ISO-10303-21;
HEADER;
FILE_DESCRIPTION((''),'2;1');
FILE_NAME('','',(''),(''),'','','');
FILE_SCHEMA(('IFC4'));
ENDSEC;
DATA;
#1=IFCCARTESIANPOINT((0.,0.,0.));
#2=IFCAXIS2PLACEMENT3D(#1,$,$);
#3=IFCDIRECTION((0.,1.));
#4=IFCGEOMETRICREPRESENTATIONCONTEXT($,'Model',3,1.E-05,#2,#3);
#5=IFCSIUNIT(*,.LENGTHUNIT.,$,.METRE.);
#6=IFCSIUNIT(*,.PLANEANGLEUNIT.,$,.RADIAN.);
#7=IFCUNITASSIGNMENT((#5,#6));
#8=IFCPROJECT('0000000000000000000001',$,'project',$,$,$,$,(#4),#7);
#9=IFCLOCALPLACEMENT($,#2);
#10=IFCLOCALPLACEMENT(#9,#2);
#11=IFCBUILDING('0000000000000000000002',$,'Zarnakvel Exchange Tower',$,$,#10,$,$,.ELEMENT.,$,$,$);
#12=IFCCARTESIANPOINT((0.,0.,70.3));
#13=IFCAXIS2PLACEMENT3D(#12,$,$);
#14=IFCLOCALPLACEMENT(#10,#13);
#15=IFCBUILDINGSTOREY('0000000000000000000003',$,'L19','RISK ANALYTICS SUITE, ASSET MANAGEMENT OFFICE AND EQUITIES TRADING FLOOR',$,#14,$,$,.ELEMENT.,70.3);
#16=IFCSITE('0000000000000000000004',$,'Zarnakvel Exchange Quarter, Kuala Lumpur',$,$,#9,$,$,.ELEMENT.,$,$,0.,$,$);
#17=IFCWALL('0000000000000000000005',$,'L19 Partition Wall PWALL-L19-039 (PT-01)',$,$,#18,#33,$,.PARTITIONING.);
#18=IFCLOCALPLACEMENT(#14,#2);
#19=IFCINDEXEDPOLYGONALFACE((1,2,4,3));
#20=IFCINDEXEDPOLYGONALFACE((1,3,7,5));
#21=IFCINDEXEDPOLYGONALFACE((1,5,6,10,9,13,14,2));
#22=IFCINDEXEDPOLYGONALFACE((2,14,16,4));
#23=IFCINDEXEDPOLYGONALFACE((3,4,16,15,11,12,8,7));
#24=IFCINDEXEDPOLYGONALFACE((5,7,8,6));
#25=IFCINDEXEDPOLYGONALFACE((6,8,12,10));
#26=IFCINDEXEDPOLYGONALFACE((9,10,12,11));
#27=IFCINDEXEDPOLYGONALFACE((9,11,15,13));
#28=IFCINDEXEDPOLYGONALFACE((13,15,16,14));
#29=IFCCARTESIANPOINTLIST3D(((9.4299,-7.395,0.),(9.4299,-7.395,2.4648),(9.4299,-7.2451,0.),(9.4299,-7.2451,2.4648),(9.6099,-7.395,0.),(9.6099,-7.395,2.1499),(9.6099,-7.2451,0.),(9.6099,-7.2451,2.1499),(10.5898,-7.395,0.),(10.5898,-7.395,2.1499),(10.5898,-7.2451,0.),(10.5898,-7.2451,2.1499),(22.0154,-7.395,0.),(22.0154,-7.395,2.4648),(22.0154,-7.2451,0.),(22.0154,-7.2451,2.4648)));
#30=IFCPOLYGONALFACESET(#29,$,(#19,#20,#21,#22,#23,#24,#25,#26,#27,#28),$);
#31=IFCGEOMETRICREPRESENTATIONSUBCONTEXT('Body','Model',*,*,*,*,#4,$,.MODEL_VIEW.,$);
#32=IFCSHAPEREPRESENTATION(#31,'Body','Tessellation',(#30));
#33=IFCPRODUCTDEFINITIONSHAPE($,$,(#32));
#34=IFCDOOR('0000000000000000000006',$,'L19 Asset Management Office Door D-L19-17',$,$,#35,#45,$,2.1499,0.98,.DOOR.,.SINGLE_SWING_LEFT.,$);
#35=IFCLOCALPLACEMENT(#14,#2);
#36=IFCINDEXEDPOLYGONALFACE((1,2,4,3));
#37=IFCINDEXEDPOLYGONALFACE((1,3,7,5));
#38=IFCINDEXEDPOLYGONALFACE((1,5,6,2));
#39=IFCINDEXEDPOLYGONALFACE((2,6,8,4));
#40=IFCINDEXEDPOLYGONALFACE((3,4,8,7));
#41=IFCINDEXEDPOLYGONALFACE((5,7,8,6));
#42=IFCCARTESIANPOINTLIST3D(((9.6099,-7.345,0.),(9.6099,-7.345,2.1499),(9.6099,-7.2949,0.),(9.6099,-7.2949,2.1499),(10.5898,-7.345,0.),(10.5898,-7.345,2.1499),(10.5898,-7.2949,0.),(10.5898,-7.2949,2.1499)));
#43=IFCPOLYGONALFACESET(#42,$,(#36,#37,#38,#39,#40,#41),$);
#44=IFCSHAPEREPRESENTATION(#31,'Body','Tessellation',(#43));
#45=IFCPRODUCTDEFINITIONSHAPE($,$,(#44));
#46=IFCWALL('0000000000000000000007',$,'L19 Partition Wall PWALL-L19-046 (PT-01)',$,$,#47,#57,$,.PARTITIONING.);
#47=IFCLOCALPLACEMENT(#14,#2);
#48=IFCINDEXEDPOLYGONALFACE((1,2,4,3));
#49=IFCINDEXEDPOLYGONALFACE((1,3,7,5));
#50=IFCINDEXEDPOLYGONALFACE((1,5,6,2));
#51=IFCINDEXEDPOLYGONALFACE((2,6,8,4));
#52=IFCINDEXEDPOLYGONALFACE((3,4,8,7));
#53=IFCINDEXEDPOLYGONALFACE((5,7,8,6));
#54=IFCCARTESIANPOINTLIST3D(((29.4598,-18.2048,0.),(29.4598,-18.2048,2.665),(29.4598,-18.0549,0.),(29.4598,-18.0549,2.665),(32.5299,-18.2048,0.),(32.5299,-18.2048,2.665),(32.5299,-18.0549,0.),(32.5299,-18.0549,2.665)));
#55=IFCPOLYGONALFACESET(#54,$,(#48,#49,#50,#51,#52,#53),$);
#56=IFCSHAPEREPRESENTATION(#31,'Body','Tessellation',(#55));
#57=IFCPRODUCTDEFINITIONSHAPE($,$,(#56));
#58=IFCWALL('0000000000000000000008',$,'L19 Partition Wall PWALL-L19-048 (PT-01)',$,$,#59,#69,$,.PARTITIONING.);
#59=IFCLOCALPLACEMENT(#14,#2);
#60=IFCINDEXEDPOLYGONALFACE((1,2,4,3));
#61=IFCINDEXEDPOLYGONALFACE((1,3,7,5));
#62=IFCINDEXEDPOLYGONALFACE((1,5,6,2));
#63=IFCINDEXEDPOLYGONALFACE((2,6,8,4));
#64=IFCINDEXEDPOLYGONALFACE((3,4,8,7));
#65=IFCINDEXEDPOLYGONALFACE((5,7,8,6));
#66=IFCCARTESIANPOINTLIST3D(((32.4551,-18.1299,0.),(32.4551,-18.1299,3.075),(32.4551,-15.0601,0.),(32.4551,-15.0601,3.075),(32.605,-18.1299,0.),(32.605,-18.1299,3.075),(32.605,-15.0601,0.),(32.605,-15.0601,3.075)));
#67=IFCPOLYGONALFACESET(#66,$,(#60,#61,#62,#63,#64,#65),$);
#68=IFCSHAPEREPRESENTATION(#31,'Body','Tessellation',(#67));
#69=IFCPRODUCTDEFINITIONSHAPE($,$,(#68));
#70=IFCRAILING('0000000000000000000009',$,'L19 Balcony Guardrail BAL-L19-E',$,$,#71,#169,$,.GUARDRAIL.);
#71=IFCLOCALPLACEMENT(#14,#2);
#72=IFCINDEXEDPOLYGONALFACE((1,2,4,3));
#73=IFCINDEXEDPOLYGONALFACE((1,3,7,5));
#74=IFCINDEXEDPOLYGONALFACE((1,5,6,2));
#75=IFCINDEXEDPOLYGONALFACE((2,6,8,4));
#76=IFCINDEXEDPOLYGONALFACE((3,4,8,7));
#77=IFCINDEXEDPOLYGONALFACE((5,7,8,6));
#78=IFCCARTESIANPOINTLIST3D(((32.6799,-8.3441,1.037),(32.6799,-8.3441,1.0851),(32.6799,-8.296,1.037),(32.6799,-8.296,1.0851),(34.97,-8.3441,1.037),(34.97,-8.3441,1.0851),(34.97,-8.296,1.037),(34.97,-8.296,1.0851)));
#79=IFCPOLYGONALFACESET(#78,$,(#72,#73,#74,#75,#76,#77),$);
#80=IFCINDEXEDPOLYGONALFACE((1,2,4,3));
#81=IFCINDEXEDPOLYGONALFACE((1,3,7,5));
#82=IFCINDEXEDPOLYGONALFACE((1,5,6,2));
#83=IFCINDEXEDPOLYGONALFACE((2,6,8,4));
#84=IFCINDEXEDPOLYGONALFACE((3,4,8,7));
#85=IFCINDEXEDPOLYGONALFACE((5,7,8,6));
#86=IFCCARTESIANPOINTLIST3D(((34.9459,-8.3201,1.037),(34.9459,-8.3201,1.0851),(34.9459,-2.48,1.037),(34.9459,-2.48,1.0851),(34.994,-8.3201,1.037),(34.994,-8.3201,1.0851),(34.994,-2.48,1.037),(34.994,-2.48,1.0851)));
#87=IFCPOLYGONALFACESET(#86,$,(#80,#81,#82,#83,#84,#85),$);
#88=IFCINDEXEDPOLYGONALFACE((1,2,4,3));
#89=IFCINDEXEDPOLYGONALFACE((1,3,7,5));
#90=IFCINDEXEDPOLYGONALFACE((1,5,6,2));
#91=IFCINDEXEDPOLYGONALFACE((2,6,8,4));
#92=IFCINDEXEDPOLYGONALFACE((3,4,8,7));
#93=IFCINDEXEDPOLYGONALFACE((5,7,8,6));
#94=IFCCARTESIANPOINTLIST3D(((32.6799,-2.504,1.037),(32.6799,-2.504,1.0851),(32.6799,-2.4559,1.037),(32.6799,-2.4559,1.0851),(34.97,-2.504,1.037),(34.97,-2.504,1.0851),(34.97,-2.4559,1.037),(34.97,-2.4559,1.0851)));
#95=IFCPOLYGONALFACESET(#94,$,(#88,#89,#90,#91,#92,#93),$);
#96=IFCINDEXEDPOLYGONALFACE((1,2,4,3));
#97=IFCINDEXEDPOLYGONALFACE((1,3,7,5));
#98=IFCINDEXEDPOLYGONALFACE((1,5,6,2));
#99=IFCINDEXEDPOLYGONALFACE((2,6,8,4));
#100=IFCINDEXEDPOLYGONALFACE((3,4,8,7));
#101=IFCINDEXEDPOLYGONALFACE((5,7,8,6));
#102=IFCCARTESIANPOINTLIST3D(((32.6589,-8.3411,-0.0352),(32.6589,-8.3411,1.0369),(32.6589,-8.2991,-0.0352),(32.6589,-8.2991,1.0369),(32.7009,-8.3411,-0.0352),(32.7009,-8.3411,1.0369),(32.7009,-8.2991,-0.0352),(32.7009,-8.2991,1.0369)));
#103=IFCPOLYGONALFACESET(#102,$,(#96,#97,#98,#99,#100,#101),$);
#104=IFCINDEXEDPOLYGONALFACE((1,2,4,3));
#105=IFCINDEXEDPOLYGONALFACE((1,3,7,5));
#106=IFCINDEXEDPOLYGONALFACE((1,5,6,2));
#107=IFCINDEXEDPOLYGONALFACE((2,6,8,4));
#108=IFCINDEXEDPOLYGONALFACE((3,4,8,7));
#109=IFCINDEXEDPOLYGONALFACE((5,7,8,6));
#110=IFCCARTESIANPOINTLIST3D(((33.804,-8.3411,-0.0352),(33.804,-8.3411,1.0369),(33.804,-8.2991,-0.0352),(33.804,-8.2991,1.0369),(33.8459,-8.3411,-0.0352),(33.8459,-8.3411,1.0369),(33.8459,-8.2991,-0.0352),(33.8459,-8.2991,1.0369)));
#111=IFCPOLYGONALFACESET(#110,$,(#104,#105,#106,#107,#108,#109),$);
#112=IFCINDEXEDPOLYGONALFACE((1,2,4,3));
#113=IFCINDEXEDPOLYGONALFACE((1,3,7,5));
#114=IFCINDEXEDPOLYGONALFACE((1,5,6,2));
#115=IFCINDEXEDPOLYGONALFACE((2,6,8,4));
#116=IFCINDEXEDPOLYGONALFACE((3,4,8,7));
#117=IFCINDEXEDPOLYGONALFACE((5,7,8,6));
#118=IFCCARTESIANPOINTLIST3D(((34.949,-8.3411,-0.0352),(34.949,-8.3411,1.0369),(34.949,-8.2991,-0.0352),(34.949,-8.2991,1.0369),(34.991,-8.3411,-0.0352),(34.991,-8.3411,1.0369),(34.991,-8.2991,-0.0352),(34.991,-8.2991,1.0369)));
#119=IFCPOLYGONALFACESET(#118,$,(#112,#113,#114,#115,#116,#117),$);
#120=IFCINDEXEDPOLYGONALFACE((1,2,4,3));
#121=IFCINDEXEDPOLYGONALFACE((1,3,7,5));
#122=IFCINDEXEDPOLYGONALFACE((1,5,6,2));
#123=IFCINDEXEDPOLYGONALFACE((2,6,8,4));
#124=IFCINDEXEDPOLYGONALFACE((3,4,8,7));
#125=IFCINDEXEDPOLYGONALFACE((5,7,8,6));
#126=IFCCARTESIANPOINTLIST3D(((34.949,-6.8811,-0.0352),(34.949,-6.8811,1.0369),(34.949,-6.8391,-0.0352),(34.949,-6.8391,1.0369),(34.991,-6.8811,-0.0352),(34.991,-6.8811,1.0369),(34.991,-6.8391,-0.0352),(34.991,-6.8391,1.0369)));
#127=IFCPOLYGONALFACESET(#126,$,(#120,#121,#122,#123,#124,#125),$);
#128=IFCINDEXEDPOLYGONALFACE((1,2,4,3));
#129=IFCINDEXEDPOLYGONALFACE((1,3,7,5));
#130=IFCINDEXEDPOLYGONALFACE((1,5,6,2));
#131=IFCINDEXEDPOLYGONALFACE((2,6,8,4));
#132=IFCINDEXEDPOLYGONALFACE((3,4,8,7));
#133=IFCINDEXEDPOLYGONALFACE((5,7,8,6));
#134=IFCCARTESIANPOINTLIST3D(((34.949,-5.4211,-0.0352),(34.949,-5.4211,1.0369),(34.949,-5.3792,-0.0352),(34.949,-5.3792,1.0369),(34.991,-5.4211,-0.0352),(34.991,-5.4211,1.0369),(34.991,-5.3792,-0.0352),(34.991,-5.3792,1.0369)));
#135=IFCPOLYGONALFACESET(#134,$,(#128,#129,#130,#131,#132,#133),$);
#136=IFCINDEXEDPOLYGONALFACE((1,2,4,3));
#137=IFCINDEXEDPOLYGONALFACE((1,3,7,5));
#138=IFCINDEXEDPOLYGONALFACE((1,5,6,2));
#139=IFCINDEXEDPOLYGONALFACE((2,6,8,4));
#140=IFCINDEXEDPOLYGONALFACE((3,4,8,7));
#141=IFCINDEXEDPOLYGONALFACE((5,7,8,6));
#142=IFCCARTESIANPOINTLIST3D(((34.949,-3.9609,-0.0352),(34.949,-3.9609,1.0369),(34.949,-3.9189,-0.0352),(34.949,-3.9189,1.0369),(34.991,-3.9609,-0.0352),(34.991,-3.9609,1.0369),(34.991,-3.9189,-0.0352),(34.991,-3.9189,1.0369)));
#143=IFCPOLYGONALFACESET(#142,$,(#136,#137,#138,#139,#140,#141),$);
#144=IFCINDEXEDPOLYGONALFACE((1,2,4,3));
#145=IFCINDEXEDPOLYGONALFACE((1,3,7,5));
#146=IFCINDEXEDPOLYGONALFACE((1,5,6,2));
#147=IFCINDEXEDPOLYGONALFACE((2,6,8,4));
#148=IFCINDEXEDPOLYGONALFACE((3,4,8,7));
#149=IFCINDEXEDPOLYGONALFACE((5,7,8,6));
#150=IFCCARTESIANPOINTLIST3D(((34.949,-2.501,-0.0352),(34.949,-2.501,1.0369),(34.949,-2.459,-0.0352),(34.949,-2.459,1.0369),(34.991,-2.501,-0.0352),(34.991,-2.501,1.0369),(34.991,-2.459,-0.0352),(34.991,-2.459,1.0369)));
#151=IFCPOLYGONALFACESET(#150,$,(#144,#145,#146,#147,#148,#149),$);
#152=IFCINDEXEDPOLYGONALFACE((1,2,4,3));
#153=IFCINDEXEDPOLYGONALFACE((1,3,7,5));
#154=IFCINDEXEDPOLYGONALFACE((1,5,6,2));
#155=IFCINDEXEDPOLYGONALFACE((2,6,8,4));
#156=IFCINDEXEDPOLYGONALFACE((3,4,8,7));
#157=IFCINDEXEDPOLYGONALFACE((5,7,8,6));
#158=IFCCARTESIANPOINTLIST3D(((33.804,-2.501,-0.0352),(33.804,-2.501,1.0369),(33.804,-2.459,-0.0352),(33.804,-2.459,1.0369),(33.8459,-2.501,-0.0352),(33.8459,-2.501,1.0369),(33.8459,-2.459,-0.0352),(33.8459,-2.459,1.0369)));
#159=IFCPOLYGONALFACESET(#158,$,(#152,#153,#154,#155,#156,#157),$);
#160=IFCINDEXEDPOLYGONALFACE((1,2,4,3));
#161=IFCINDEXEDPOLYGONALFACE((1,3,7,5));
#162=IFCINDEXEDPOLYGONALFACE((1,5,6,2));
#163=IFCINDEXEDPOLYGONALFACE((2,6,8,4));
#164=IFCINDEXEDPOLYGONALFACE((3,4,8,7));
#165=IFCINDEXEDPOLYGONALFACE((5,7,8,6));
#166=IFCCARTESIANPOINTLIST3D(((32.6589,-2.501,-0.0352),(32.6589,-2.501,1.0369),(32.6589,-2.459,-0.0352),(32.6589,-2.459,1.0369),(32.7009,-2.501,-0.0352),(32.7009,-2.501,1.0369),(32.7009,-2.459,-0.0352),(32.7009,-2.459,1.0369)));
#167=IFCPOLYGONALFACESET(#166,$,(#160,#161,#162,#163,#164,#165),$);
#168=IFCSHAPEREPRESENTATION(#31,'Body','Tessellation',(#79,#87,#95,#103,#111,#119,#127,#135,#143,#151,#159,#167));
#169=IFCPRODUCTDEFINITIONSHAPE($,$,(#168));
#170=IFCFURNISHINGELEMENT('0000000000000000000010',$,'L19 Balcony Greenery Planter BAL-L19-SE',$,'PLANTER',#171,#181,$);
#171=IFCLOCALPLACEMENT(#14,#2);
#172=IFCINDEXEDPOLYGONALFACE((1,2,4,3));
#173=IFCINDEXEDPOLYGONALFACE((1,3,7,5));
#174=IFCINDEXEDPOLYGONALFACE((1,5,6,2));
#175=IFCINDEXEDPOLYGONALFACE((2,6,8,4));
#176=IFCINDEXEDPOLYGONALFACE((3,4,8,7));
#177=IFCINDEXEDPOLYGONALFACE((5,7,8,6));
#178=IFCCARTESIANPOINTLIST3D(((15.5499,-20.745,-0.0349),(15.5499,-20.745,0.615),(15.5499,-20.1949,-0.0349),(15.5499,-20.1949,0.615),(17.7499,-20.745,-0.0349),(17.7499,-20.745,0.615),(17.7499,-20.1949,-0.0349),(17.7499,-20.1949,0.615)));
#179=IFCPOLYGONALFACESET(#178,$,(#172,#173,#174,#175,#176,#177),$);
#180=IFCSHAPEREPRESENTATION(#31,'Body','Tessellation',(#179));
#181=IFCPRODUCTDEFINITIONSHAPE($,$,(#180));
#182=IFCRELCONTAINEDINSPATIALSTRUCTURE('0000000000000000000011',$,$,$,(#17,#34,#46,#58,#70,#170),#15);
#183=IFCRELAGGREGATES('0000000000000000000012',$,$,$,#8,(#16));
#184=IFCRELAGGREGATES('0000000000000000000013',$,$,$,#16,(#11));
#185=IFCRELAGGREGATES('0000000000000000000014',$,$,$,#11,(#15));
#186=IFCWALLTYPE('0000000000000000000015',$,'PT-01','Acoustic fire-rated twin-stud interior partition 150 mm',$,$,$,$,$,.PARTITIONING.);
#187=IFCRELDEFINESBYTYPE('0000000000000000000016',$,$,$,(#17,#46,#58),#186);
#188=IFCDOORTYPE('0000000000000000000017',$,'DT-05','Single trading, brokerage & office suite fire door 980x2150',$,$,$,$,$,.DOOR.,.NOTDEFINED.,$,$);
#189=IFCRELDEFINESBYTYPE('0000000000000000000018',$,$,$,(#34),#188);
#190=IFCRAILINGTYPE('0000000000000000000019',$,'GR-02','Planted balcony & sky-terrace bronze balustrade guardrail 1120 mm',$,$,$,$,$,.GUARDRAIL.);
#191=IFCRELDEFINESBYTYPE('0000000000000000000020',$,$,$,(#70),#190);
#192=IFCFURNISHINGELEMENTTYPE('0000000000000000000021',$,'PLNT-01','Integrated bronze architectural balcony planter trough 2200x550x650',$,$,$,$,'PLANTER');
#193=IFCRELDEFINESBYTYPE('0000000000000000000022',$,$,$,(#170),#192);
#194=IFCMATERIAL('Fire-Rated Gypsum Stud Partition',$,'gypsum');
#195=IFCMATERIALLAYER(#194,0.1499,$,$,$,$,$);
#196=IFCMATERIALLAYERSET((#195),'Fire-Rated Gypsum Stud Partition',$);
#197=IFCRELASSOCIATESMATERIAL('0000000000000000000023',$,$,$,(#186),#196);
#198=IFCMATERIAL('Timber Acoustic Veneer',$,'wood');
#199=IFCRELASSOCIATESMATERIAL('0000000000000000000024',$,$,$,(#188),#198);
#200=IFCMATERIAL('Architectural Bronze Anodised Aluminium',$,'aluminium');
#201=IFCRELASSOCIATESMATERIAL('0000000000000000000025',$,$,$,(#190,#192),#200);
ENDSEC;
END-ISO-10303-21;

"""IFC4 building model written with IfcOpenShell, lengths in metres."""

from ifc_helpers import new_model, si_unit, direction, frame, frame_2d, origin, origin_2d, place, context, subcontext, project, spatial, rectangle, extrude, source, transform, mapped, material, layer, layer_set, type_object, element, fill, save


model = new_model("IFC4")

# Units and contexts
model_context = context("Model", 3, precision=1e-05, world=origin(), true_north=direction((0.0, 1.0)))
body_context = subcontext(model_context, "Body", "Model", "MODEL_VIEW")
ifc_project = project(units=[si_unit("LENGTHUNIT", "METRE"), si_unit("PLANEANGLEUNIT", "RADIAN")], contexts=[model_context])

# Site, building, storey
site_placement = place(None, origin())
site = spatial("IfcSite", under=ifc_project, at=site_placement, Name="Zarnakvel Exchange Quarter, Kuala Lumpur", CompositionType="ELEMENT", RefElevation=0.0)
building_placement = place(site_placement, origin())
building = spatial("IfcBuilding", under=site, at=building_placement, Name="Zarnakvel Exchange Tower", CompositionType="ELEMENT")
storey_placement = place(building_placement, frame((0.0, 0.0, 70.3)))
storey = spatial("IfcBuildingStorey", under=building, at=storey_placement, Name="L19", Description="RISK ANALYTICS SUITE, ASSET MANAGEMENT OFFICE AND EQUITIES TRADING FLOOR", CompositionType="ELEMENT", Elevation=70.3)

# Shared definitions
ifc_material_1 = material(Name="Architectural Bronze Anodised Aluminium", Category="aluminium")

# Wall, opening, door
ifc_material_2 = material(Name="Fire-Rated Gypsum Stud Partition", Category="gypsum")
ifc_layer_1 = layer(ifc_material_2, 0.1499)
ifc_layer_set_1 = layer_set([ifc_layer_1], Name="Fire-Rated Gypsum Stud Partition")
wall_type_1 = type_object("IfcWallType", Name="PT-01", Description="Acoustic fire-rated twin-stud interior partition 150 mm", PredefinedType="PARTITIONING", material=ifc_layer_set_1)
wall_1_placement = place(storey_placement, frame((22.0154, -7.3201, 0.0), z_axis=(0.0, 0.0, 1.0), x_axis=(-1.0, 0.0, 0.0)))
wall_1 = element("IfcWall", 1, at=wall_1_placement, inside=storey, type_object=wall_type_1, Name="L19 Partition Wall PWALL-L19-039 (PT-01)", PredefinedType="PARTITIONING", context=body_context, shape_type="SweptSolid", body=[
    extrude(rectangle(XDim=12.5854, YDim=0.1499, at=frame_2d((6.2927, 0.0))), origin(), (0.0, 0.0, 1.0), 2.4648),
])
opening_1_placement = place(wall_1_placement, frame((11.4255, 0.0, 0.0)))
opening_1 = element("IfcOpeningElement", 2, at=opening_1_placement, cuts=wall_1, PredefinedType="OPENING", context=body_context, shape_type="SweptSolid", body=[
    extrude(rectangle(XDim=0.98, YDim=2.1499, at=frame_2d((0.49, 1.075))), frame((0.0, 0.085, 0.0), z_axis=(0.0, -1.0, 0.0), x_axis=(1.0, 0.0, 0.0)), (0.0, 0.0, 1.0), 0.1699),
])
ifc_material_3 = material(Name="Timber Acoustic Veneer", Category="wood")
door_type_1 = type_object("IfcDoorType", Name="DT-05", Description="Single trading, brokerage & office suite fire door 980x2150", OperationType="NOTDEFINED", PredefinedType="DOOR", material=ifc_material_3)
shared_shape_1 = source(origin(), body_context, "Body", "SweptSolid", [
    extrude(rectangle(XDim=0.98, YDim=2.1499, at=frame_2d((0.49, 1.075))), frame((0.0, 0.0249, 0.0), z_axis=(0.0, -1.0, 0.0), x_axis=(1.0, 0.0, 0.0)), (0.0, 0.0, 1.0), 0.05),
])
door_1_placement = place(opening_1_placement, origin())
door_1 = element("IfcDoor", 3, at=door_1_placement, inside=storey, type_object=door_type_1, Name="L19 Asset Management Office Door D-L19-17", OperationType="SINGLE_SWING_LEFT", OverallHeight=2.1499, OverallWidth=0.98, PredefinedType="DOOR", context=body_context, shape_type="MappedRepresentation", body=[
    mapped(shared_shape_1, transform((0.0, 0.0, 0.0), x_axis=(1.0, 0.0, 0.0), y_axis=(0.0, 1.0, 0.0), z_axis=(0.0, 0.0, 1.0), scale=1.0)),
])
fill(opening_1, door_1)

# Walls
wall_2_placement = place(storey_placement, frame((32.53, -18.1299, 0.0), z_axis=(0.0, 0.0, 1.0), x_axis=(-1.0, 0.0, 0.0)))
element("IfcWall", 4, at=wall_2_placement, inside=storey, type_object=wall_type_1, Name="L19 Partition Wall PWALL-L19-046 (PT-01)", PredefinedType="PARTITIONING", context=body_context, shape_type="SweptSolid", body=[
    extrude(rectangle(XDim=3.0701, YDim=0.1499, at=frame_2d((1.5352, 0.0))), origin(), (0.0, 0.0, 1.0), 2.665),
])
wall_3_placement = place(storey_placement, frame((32.53, -15.0601, 0.0), z_axis=(0.0, 0.0, 1.0), x_axis=(0.0, -1.0, 0.0)))
element("IfcWall", 5, at=wall_3_placement, inside=storey, type_object=wall_type_1, Name="L19 Partition Wall PWALL-L19-048 (PT-01)", PredefinedType="PARTITIONING", context=body_context, shape_type="SweptSolid", body=[
    extrude(rectangle(XDim=3.0698, YDim=0.1499, at=frame_2d((1.5349, 0.0))), origin(), (0.0, 0.0, 1.0), 3.075),
])

# Railing
railing_type = type_object("IfcRailingType", Name="GR-02", Description="Planted balcony & sky-terrace bronze balustrade guardrail 1120 mm", PredefinedType="GUARDRAIL", material=ifc_material_1)
railing_placement = place(storey_placement, frame((32.6799, -8.3201, -0.0352)))
element("IfcRailing", 6, at=railing_placement, inside=storey, type_object=railing_type, Name="L19 Balcony Guardrail BAL-L19-E", PredefinedType="GUARDRAIL", context=body_context, shape_type="SweptSolid", body=[
    extrude(rectangle(XDim=0.0481, YDim=0.0481, at=origin_2d()), frame((0.0, 0.0, 1.0962), z_axis=(1.0, 0.0, 0.0), x_axis=(0.0, 1.0, 0.0)), (0.0, 0.0, 1.0), 2.29),
    extrude(rectangle(XDim=0.0481, YDim=0.0481, at=origin_2d()), frame((2.29, 0.0, 1.0962), z_axis=(0.0, 1.0, 0.0), x_axis=(-1.0, 0.0, 0.0)), (0.0, 0.0, 1.0), 5.8401),
    extrude(rectangle(XDim=0.0481, YDim=0.0481, at=origin_2d()), frame((2.29, 5.8401, 1.0962), z_axis=(-1.0, 0.0, 0.0), x_axis=(0.0, -1.0, 0.0)), (0.0, 0.0, 1.0), 2.29),
    extrude(rectangle(XDim=0.042, YDim=0.042, at=origin_2d()), origin(), (0.0, 0.0, 1.0), 1.072),
    extrude(rectangle(XDim=0.042, YDim=0.042, at=origin_2d()), frame((1.145, 0.0, 0.0)), (0.0, 0.0, 1.0), 1.072),
    extrude(rectangle(XDim=0.042, YDim=0.042, at=origin_2d()), frame((2.29, 0.0, 0.0)), (0.0, 0.0, 1.0), 1.072),
    extrude(rectangle(XDim=0.042, YDim=0.042, at=origin_2d()), frame((2.29, 1.46, 0.0)), (0.0, 0.0, 1.0), 1.072),
    extrude(rectangle(XDim=0.042, YDim=0.042, at=origin_2d()), frame((2.29, 2.9199, 0.0)), (0.0, 0.0, 1.0), 1.072),
    extrude(rectangle(XDim=0.042, YDim=0.042, at=origin_2d()), frame((2.29, 4.3801, 0.0)), (0.0, 0.0, 1.0), 1.072),
    extrude(rectangle(XDim=0.042, YDim=0.042, at=origin_2d()), frame((2.29, 5.8401, 0.0)), (0.0, 0.0, 1.0), 1.072),
    extrude(rectangle(XDim=0.042, YDim=0.042, at=origin_2d()), frame((1.145, 5.8401, 0.0)), (0.0, 0.0, 1.0), 1.072),
    extrude(rectangle(XDim=0.042, YDim=0.042, at=origin_2d()), frame((0.0, 5.8401, 0.0)), (0.0, 0.0, 1.0), 1.072),
])

# Furnishing element
furnishing_element_type = type_object("IfcFurnishingElementType", Name="PLNT-01", Description="Integrated bronze architectural balcony planter trough 2200x550x650", ElementType="PLANTER", material=ifc_material_1)
shared_shape_2 = source(origin(), body_context, "Body", "SweptSolid", [
    extrude(rectangle(XDim=2.2, YDim=0.55, at=origin_2d()), origin(), (0.0, 0.0, 1.0), 0.6499),
])
furnishing_placement = place(storey_placement, frame((16.6499, -20.47, -0.0349), z_axis=(0.0, 0.0, 1.0), x_axis=(1.0, 0.0, 0.0)))
element("IfcFurnishingElement", 7, at=furnishing_placement, inside=storey, type_object=furnishing_element_type, Name="L19 Balcony Greenery Planter BAL-L19-SE", ObjectType="PLANTER", context=body_context, shape_type="MappedRepresentation", body=[
    mapped(shared_shape_2, transform((0.0, 0.0, 0.0), x_axis=(1.0, 0.0, 0.0), y_axis=(0.0, 1.0, 0.0), z_axis=(0.0, 0.0, 1.0), scale=1.0)),
])

save(model, "model.ifc")
